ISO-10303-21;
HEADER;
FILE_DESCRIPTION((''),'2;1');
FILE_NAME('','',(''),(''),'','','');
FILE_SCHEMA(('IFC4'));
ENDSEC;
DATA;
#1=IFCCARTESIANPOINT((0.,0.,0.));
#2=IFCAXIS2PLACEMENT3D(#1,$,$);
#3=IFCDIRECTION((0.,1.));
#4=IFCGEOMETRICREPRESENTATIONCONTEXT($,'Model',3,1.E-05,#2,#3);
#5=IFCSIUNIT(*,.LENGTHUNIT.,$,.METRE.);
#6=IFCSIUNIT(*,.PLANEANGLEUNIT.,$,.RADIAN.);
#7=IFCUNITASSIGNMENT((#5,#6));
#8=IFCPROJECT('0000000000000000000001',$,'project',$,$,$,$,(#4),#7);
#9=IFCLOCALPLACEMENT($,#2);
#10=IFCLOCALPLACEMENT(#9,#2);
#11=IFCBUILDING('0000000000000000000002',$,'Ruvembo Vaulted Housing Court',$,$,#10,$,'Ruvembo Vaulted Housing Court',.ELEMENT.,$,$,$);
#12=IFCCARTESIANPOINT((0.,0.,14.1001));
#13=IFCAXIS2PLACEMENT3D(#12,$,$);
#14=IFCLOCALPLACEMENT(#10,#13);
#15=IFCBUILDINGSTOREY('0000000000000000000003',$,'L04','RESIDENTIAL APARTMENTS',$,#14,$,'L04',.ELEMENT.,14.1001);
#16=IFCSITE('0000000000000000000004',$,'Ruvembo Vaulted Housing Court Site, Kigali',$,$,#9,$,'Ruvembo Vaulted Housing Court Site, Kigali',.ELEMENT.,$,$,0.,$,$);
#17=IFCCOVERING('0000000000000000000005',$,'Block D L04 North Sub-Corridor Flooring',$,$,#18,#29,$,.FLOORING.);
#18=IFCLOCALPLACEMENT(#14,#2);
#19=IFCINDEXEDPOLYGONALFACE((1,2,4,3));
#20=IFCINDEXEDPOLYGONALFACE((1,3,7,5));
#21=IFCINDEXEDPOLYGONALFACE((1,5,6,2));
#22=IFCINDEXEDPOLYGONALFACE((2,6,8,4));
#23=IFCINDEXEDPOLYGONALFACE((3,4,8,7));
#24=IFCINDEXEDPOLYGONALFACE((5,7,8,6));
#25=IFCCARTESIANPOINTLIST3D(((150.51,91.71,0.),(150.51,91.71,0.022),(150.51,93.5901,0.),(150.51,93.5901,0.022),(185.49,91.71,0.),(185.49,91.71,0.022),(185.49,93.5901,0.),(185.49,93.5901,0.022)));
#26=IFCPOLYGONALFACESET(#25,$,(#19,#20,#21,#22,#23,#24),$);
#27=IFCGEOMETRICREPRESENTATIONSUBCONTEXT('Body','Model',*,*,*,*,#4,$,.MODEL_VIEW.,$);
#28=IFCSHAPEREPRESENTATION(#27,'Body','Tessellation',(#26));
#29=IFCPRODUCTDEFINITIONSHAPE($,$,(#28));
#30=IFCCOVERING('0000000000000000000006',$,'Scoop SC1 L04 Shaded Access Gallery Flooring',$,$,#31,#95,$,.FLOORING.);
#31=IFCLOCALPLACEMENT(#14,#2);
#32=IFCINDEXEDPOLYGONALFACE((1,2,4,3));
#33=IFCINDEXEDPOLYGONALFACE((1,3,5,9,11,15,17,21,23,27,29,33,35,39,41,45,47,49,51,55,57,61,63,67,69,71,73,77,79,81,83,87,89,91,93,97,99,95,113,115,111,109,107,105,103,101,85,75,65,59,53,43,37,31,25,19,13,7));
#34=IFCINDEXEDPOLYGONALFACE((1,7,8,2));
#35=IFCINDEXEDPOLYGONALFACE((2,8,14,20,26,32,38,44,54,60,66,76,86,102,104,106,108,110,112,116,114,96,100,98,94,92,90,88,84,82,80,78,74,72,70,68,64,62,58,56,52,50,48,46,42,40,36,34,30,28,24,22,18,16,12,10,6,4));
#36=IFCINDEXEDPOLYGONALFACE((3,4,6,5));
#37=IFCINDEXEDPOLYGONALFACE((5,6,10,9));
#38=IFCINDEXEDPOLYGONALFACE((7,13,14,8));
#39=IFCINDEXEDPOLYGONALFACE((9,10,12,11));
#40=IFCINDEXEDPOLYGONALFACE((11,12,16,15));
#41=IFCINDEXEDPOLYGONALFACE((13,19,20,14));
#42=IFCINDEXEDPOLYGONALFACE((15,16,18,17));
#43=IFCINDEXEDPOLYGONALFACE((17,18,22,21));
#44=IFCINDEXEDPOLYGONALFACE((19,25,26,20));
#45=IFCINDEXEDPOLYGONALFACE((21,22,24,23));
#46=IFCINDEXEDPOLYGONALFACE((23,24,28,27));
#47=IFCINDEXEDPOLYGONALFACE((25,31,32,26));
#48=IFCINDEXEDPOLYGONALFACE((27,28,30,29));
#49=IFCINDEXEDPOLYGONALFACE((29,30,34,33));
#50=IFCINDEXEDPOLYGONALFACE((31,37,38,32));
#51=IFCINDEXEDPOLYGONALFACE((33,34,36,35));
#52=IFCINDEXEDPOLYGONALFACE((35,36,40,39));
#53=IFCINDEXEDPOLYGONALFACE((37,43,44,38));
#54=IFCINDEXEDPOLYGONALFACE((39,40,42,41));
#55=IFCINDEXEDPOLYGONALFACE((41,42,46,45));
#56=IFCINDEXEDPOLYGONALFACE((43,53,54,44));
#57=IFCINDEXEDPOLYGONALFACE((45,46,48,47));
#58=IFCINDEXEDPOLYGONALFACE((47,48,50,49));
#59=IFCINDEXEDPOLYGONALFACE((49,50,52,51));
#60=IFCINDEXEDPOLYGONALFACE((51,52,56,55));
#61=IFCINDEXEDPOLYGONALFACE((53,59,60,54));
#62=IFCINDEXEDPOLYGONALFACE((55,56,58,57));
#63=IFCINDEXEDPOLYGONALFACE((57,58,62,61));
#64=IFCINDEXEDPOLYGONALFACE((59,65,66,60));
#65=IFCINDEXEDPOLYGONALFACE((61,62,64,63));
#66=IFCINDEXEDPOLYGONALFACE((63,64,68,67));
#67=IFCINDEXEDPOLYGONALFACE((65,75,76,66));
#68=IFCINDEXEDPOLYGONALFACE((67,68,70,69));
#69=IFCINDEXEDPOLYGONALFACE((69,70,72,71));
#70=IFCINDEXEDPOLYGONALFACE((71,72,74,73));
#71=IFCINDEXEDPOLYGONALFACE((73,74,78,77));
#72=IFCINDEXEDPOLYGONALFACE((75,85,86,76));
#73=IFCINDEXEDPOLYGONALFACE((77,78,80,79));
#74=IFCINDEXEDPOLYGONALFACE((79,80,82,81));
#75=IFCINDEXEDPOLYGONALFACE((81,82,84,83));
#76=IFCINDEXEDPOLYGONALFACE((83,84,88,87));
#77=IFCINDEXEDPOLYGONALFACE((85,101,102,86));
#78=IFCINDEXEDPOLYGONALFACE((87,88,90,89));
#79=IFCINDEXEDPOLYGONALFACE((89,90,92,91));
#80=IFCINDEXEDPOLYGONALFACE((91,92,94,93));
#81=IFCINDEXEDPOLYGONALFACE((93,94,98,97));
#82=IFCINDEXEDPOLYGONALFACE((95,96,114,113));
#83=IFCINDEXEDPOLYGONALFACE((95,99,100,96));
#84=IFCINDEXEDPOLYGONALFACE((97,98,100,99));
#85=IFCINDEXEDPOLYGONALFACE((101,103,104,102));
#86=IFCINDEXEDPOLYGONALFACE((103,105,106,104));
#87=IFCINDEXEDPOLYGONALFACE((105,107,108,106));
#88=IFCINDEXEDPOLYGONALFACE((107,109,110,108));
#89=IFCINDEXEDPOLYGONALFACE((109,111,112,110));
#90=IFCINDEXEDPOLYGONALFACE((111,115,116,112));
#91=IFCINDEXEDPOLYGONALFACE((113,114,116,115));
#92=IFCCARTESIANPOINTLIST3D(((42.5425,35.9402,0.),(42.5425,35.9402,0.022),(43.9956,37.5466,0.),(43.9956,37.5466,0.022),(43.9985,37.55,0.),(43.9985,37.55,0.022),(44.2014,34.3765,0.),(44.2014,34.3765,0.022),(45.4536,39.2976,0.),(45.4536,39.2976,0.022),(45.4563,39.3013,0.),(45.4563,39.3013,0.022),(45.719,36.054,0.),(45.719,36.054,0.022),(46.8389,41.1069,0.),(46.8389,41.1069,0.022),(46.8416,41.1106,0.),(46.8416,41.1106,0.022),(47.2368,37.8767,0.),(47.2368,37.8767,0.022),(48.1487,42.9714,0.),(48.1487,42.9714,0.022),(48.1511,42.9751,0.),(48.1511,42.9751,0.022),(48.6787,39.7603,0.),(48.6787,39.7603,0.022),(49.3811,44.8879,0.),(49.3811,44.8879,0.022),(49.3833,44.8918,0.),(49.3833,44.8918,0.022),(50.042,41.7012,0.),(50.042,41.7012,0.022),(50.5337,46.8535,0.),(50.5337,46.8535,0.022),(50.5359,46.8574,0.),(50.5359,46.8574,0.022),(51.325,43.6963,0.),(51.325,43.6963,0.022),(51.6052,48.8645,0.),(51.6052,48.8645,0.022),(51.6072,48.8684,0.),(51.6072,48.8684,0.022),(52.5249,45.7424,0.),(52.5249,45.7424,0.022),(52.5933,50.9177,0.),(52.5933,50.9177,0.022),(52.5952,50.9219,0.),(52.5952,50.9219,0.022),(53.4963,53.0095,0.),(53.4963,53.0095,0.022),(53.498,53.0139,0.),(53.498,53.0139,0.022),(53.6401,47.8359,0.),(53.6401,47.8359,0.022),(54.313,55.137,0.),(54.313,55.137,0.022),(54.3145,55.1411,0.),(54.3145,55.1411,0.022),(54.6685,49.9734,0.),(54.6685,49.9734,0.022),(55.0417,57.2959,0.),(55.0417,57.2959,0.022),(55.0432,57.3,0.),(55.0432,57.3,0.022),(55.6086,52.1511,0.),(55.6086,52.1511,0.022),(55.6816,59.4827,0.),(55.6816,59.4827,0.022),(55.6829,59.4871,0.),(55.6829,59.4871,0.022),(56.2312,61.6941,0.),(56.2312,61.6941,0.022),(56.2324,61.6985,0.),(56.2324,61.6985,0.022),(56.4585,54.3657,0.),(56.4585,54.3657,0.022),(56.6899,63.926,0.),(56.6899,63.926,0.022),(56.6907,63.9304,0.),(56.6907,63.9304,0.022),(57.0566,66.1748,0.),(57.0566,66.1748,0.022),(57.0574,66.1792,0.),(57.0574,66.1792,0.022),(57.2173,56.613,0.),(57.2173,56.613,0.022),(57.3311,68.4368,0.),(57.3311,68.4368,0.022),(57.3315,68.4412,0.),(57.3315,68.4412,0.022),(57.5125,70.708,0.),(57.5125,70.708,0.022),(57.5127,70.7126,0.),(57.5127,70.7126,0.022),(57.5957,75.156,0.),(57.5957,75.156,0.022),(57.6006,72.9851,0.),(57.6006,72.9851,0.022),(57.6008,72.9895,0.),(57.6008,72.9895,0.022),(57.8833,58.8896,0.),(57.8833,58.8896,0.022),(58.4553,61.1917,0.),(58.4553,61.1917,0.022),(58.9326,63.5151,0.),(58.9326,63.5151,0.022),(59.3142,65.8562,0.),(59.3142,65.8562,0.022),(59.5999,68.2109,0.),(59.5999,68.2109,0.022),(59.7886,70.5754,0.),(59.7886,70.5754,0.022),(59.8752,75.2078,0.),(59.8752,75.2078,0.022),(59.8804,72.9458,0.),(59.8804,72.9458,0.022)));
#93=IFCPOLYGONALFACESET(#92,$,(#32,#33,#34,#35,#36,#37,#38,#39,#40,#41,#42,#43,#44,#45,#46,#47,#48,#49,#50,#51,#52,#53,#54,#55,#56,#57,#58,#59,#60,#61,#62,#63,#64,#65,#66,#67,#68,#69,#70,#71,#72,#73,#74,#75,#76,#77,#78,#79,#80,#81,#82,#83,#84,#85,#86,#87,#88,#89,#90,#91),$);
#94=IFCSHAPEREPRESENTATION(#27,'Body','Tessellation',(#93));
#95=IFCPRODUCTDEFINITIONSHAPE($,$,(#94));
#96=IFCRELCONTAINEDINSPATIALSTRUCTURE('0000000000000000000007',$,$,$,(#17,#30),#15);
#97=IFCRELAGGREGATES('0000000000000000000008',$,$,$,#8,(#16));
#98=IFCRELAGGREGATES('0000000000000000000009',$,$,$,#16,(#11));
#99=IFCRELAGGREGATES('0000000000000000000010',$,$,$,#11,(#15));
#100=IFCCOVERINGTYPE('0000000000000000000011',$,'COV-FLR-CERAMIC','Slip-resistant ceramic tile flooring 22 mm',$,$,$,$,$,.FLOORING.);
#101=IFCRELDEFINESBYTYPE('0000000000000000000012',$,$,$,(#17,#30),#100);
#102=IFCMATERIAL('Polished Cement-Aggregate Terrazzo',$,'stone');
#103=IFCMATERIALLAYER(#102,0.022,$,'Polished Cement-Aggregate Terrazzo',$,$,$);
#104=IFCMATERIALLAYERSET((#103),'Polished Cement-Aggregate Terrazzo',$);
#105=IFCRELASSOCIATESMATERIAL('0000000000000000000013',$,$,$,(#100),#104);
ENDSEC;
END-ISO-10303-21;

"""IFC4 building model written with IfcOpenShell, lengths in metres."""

from ifc_helpers import new_model, si_unit, direction, frame, origin, place, context, subcontext, project, spatial, polyline, outline, extrude, material, layer, layer_set, type_object, element, save


model = new_model("IFC4")

# Units and contexts
model_context = context("Model", 3, precision=1e-05, world=origin(), true_north=direction((0.0, 1.0)))
body_context = subcontext(model_context, "Body", "Model", "MODEL_VIEW")
ifc_project = project(units=[si_unit("LENGTHUNIT", "METRE"), si_unit("PLANEANGLEUNIT", "RADIAN")], contexts=[model_context])

# Site, building, storey
site_placement = place(None, origin())
site = spatial("IfcSite", under=ifc_project, at=site_placement, Name="Ruvembo Vaulted Housing Court Site, Kigali", LongName="Ruvembo Vaulted Housing Court Site, Kigali", CompositionType="ELEMENT", RefElevation=0.0)
building_placement = place(site_placement, origin())
building = spatial("IfcBuilding", under=site, at=building_placement, Name="Ruvembo Vaulted Housing Court", LongName="Ruvembo Vaulted Housing Court", CompositionType="ELEMENT")
storey_placement = place(building_placement, frame((0.0, 0.0, 14.1001)))
storey = spatial("IfcBuildingStorey", under=building, at=storey_placement, Name="L04", Description="RESIDENTIAL APARTMENTS", LongName="L04", CompositionType="ELEMENT", Elevation=14.1001)

# Coverings
ifc_material_1 = material(Name="Polished Cement-Aggregate Terrazzo", Category="stone")
ifc_layer_1 = layer(ifc_material_1, 0.022, Name="Polished Cement-Aggregate Terrazzo")
ifc_layer_set_1 = layer_set([ifc_layer_1], Name="Polished Cement-Aggregate Terrazzo")
covering_type_1 = type_object("IfcCoveringType", Name="COV-FLR-CERAMIC", Description="Slip-resistant ceramic tile flooring 22 mm", PredefinedType="FLOORING", material=ifc_layer_set_1)
covering_1_placement = place(storey_placement, origin())
element("IfcCovering", 1, at=covering_1_placement, inside=storey, type_object=covering_type_1, Name="Block D L04 North Sub-Corridor Flooring", PredefinedType="FLOORING", context=body_context, shape_type="SweptSolid", body=[
    extrude(outline(polyline([(150.51, 91.71), (185.49, 91.71), (185.49, 93.5901), (150.51, 93.5901), (150.51, 91.71)])), origin(), (0.0, 0.0, 1.0), 0.022),
])
covering_2_placement = place(storey_placement, origin())
element("IfcCovering", 2, at=covering_2_placement, inside=storey, type_object=covering_type_1, Name="Scoop SC1 L04 Shaded Access Gallery Flooring", PredefinedType="FLOORING", context=body_context, shape_type="SweptSolid", body=[
    extrude(outline(polyline([(44.2014, 34.3765), (45.719, 36.054), (47.2368, 37.8767), (48.6787, 39.7603), (50.042, 41.7012), (51.325, 43.6963), (52.5249, 45.7424), (53.6401, 47.8359), (54.6685, 49.9734), (55.6086, 52.1511), (56.4585, 54.3657), (57.2173, 56.613), (57.8833, 58.8896), (58.4553, 61.1917), (58.9326, 63.5151), (59.3142, 65.8562), (59.5999, 68.2109), (59.7886, 70.5754), (59.8804, 72.9458), (59.8752, 75.2078), (57.5957, 75.156), (57.6008, 72.9895), (57.6006, 72.9851), (57.5127, 70.7126), (57.5125, 70.708), (57.3315, 68.4412), (57.3311, 68.4368), (57.0574, 66.1792), (57.0566, 66.1748), (56.6907, 63.9304), (56.6899, 63.926), (56.2324, 61.6985), (56.2312, 61.6941), (55.6829, 59.4871), (55.6816, 59.4827), (55.0432, 57.3), (55.0417, 57.2959), (54.3145, 55.1411), (54.313, 55.137), (53.498, 53.0139), (53.4963, 53.0095), (52.5952, 50.9219), (52.5933, 50.9177), (51.6072, 48.8684), (51.6052, 48.8645), (50.5359, 46.8574), (50.5337, 46.8535), (49.3833, 44.8918), (49.3811, 44.8879), (48.1511, 42.9751), (48.1487, 42.9714), (46.8416, 41.1106), (46.8389, 41.1069), (45.4563, 39.3013), (45.4536, 39.2976), (43.9985, 37.55), (43.9956, 37.5466), (42.5425, 35.9402), (44.2014, 34.3765)])), origin(), (0.0, 0.0, 1.0), 0.022),
])

save(model, "model.ifc")
